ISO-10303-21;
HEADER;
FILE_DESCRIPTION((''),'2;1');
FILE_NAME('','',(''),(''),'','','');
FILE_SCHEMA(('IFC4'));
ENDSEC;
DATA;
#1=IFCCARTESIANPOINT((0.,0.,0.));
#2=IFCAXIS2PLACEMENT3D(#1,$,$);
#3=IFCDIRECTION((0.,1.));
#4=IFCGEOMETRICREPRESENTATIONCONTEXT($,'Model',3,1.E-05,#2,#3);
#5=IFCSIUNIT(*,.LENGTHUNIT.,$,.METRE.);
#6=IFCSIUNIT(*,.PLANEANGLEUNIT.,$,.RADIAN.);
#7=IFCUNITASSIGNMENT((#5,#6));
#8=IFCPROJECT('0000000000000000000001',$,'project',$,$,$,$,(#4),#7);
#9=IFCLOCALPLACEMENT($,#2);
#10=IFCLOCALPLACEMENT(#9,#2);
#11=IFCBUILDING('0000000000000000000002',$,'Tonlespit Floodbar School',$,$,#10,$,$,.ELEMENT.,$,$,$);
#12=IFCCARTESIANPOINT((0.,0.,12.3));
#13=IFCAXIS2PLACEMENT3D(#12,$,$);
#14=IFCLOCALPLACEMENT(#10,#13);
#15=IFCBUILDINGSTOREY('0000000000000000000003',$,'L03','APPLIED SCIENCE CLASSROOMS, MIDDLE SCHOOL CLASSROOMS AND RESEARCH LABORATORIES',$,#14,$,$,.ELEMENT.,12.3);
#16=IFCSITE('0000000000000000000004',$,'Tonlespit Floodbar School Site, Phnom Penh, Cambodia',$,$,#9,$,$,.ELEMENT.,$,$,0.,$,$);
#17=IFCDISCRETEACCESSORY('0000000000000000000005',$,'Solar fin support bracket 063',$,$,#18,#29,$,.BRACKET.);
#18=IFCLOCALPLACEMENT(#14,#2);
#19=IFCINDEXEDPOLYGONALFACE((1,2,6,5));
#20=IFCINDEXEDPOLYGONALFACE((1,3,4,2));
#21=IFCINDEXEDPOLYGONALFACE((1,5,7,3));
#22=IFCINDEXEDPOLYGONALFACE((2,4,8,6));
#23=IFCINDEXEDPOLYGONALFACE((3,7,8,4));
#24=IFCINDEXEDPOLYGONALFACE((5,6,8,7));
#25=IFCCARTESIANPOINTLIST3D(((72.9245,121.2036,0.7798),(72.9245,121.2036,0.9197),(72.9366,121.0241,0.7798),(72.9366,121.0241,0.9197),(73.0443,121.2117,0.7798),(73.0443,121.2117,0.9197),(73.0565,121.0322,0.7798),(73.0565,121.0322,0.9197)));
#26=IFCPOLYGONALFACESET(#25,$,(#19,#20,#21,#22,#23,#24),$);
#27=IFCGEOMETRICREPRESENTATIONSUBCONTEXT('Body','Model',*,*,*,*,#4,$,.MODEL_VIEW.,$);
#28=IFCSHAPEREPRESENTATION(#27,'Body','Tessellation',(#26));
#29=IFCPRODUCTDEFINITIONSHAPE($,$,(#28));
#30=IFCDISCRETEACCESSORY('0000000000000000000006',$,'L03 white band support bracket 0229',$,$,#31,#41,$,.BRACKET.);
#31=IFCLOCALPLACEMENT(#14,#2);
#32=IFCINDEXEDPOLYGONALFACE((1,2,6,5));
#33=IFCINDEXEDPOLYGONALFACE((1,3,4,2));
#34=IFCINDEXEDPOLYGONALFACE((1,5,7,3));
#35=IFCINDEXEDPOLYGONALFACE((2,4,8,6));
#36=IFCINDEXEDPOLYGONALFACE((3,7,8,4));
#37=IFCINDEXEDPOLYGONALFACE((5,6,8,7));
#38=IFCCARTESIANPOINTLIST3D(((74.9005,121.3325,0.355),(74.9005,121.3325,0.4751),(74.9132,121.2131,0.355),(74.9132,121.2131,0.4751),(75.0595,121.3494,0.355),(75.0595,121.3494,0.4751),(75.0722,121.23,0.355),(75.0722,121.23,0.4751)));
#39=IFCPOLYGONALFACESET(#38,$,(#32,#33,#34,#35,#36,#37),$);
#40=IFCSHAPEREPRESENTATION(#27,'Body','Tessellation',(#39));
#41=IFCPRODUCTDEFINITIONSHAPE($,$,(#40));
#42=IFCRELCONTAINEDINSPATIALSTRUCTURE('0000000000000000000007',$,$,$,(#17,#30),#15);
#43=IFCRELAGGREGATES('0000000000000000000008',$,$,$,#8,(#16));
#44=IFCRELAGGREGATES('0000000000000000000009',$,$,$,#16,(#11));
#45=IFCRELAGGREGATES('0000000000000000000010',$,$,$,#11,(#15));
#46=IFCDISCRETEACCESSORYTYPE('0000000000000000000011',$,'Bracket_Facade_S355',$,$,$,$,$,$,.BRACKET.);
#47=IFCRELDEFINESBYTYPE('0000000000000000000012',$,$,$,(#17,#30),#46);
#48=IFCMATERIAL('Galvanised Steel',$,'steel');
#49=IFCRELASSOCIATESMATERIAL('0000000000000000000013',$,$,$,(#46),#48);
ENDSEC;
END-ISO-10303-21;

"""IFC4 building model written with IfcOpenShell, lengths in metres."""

from ifc_helpers import new_model, si_unit, direction, frame, origin, origin_2d, place, context, subcontext, project, spatial, rectangle, extrude, material, type_object, element, save


model = new_model("IFC4")

# Units and contexts
model_context = context("Model", 3, precision=1e-05, world=origin(), true_north=direction((0.0, 1.0)))
body_context = subcontext(model_context, "Body", "Model", "MODEL_VIEW")
ifc_project = project(units=[si_unit("LENGTHUNIT", "METRE"), si_unit("PLANEANGLEUNIT", "RADIAN")], contexts=[model_context])

# Site, building, storey
site_placement = place(None, origin())
site = spatial("IfcSite", under=ifc_project, at=site_placement, Name="Tonlespit Floodbar School Site, Phnom Penh, Cambodia", CompositionType="ELEMENT", RefElevation=0.0)
building_placement = place(site_placement, origin())
building = spatial("IfcBuilding", under=site, at=building_placement, Name="Tonlespit Floodbar School", CompositionType="ELEMENT")
storey_placement = place(building_placement, frame((0.0, 0.0, 12.3)))
storey = spatial("IfcBuildingStorey", under=building, at=storey_placement, Name="L03", Description="APPLIED SCIENCE CLASSROOMS, MIDDLE SCHOOL CLASSROOMS AND RESEARCH LABORATORIES", CompositionType="ELEMENT", Elevation=12.3)

# Discrete accessories
ifc_material_1 = material(Name="Galvanised Steel", Category="steel")
discrete_accessory_type = type_object("IfcDiscreteAccessoryType", Name="Bracket_Facade_S355", PredefinedType="BRACKET", material=ifc_material_1)
discrete_accessory_1_placement = place(storey_placement, frame((72.9905, 121.1179, 0.7798), z_axis=(0.0, 0.0, 1.0), x_axis=(0.99773, 0.067347, 0.0)))
element("IfcDiscreteAccessory", 1, at=discrete_accessory_1_placement, inside=storey, type_object=discrete_accessory_type, Name="Solar fin support bracket 063", PredefinedType="BRACKET", context=body_context, shape_type="SweptSolid", body=[
    extrude(rectangle(XDim=0.1201, YDim=0.1799, at=origin_2d()), origin(), (0.0, 0.0, 1.0), 0.1399),
])
discrete_accessory_2_placement = place(storey_placement, frame((74.9863, 121.2812, 0.355), z_axis=(0.0, 0.0, 1.0), x_axis=(0.994392, 0.105754, 0.0)))
element("IfcDiscreteAccessory", 2, at=discrete_accessory_2_placement, inside=storey, type_object=discrete_accessory_type, Name="L03 white band support bracket 0229", PredefinedType="BRACKET", context=body_context, shape_type="SweptSolid", body=[
    extrude(rectangle(XDim=0.1599, YDim=0.1201, at=origin_2d()), origin(), (0.0, 0.0, 1.0), 0.1201),
])

save(model, "model.ifc")
